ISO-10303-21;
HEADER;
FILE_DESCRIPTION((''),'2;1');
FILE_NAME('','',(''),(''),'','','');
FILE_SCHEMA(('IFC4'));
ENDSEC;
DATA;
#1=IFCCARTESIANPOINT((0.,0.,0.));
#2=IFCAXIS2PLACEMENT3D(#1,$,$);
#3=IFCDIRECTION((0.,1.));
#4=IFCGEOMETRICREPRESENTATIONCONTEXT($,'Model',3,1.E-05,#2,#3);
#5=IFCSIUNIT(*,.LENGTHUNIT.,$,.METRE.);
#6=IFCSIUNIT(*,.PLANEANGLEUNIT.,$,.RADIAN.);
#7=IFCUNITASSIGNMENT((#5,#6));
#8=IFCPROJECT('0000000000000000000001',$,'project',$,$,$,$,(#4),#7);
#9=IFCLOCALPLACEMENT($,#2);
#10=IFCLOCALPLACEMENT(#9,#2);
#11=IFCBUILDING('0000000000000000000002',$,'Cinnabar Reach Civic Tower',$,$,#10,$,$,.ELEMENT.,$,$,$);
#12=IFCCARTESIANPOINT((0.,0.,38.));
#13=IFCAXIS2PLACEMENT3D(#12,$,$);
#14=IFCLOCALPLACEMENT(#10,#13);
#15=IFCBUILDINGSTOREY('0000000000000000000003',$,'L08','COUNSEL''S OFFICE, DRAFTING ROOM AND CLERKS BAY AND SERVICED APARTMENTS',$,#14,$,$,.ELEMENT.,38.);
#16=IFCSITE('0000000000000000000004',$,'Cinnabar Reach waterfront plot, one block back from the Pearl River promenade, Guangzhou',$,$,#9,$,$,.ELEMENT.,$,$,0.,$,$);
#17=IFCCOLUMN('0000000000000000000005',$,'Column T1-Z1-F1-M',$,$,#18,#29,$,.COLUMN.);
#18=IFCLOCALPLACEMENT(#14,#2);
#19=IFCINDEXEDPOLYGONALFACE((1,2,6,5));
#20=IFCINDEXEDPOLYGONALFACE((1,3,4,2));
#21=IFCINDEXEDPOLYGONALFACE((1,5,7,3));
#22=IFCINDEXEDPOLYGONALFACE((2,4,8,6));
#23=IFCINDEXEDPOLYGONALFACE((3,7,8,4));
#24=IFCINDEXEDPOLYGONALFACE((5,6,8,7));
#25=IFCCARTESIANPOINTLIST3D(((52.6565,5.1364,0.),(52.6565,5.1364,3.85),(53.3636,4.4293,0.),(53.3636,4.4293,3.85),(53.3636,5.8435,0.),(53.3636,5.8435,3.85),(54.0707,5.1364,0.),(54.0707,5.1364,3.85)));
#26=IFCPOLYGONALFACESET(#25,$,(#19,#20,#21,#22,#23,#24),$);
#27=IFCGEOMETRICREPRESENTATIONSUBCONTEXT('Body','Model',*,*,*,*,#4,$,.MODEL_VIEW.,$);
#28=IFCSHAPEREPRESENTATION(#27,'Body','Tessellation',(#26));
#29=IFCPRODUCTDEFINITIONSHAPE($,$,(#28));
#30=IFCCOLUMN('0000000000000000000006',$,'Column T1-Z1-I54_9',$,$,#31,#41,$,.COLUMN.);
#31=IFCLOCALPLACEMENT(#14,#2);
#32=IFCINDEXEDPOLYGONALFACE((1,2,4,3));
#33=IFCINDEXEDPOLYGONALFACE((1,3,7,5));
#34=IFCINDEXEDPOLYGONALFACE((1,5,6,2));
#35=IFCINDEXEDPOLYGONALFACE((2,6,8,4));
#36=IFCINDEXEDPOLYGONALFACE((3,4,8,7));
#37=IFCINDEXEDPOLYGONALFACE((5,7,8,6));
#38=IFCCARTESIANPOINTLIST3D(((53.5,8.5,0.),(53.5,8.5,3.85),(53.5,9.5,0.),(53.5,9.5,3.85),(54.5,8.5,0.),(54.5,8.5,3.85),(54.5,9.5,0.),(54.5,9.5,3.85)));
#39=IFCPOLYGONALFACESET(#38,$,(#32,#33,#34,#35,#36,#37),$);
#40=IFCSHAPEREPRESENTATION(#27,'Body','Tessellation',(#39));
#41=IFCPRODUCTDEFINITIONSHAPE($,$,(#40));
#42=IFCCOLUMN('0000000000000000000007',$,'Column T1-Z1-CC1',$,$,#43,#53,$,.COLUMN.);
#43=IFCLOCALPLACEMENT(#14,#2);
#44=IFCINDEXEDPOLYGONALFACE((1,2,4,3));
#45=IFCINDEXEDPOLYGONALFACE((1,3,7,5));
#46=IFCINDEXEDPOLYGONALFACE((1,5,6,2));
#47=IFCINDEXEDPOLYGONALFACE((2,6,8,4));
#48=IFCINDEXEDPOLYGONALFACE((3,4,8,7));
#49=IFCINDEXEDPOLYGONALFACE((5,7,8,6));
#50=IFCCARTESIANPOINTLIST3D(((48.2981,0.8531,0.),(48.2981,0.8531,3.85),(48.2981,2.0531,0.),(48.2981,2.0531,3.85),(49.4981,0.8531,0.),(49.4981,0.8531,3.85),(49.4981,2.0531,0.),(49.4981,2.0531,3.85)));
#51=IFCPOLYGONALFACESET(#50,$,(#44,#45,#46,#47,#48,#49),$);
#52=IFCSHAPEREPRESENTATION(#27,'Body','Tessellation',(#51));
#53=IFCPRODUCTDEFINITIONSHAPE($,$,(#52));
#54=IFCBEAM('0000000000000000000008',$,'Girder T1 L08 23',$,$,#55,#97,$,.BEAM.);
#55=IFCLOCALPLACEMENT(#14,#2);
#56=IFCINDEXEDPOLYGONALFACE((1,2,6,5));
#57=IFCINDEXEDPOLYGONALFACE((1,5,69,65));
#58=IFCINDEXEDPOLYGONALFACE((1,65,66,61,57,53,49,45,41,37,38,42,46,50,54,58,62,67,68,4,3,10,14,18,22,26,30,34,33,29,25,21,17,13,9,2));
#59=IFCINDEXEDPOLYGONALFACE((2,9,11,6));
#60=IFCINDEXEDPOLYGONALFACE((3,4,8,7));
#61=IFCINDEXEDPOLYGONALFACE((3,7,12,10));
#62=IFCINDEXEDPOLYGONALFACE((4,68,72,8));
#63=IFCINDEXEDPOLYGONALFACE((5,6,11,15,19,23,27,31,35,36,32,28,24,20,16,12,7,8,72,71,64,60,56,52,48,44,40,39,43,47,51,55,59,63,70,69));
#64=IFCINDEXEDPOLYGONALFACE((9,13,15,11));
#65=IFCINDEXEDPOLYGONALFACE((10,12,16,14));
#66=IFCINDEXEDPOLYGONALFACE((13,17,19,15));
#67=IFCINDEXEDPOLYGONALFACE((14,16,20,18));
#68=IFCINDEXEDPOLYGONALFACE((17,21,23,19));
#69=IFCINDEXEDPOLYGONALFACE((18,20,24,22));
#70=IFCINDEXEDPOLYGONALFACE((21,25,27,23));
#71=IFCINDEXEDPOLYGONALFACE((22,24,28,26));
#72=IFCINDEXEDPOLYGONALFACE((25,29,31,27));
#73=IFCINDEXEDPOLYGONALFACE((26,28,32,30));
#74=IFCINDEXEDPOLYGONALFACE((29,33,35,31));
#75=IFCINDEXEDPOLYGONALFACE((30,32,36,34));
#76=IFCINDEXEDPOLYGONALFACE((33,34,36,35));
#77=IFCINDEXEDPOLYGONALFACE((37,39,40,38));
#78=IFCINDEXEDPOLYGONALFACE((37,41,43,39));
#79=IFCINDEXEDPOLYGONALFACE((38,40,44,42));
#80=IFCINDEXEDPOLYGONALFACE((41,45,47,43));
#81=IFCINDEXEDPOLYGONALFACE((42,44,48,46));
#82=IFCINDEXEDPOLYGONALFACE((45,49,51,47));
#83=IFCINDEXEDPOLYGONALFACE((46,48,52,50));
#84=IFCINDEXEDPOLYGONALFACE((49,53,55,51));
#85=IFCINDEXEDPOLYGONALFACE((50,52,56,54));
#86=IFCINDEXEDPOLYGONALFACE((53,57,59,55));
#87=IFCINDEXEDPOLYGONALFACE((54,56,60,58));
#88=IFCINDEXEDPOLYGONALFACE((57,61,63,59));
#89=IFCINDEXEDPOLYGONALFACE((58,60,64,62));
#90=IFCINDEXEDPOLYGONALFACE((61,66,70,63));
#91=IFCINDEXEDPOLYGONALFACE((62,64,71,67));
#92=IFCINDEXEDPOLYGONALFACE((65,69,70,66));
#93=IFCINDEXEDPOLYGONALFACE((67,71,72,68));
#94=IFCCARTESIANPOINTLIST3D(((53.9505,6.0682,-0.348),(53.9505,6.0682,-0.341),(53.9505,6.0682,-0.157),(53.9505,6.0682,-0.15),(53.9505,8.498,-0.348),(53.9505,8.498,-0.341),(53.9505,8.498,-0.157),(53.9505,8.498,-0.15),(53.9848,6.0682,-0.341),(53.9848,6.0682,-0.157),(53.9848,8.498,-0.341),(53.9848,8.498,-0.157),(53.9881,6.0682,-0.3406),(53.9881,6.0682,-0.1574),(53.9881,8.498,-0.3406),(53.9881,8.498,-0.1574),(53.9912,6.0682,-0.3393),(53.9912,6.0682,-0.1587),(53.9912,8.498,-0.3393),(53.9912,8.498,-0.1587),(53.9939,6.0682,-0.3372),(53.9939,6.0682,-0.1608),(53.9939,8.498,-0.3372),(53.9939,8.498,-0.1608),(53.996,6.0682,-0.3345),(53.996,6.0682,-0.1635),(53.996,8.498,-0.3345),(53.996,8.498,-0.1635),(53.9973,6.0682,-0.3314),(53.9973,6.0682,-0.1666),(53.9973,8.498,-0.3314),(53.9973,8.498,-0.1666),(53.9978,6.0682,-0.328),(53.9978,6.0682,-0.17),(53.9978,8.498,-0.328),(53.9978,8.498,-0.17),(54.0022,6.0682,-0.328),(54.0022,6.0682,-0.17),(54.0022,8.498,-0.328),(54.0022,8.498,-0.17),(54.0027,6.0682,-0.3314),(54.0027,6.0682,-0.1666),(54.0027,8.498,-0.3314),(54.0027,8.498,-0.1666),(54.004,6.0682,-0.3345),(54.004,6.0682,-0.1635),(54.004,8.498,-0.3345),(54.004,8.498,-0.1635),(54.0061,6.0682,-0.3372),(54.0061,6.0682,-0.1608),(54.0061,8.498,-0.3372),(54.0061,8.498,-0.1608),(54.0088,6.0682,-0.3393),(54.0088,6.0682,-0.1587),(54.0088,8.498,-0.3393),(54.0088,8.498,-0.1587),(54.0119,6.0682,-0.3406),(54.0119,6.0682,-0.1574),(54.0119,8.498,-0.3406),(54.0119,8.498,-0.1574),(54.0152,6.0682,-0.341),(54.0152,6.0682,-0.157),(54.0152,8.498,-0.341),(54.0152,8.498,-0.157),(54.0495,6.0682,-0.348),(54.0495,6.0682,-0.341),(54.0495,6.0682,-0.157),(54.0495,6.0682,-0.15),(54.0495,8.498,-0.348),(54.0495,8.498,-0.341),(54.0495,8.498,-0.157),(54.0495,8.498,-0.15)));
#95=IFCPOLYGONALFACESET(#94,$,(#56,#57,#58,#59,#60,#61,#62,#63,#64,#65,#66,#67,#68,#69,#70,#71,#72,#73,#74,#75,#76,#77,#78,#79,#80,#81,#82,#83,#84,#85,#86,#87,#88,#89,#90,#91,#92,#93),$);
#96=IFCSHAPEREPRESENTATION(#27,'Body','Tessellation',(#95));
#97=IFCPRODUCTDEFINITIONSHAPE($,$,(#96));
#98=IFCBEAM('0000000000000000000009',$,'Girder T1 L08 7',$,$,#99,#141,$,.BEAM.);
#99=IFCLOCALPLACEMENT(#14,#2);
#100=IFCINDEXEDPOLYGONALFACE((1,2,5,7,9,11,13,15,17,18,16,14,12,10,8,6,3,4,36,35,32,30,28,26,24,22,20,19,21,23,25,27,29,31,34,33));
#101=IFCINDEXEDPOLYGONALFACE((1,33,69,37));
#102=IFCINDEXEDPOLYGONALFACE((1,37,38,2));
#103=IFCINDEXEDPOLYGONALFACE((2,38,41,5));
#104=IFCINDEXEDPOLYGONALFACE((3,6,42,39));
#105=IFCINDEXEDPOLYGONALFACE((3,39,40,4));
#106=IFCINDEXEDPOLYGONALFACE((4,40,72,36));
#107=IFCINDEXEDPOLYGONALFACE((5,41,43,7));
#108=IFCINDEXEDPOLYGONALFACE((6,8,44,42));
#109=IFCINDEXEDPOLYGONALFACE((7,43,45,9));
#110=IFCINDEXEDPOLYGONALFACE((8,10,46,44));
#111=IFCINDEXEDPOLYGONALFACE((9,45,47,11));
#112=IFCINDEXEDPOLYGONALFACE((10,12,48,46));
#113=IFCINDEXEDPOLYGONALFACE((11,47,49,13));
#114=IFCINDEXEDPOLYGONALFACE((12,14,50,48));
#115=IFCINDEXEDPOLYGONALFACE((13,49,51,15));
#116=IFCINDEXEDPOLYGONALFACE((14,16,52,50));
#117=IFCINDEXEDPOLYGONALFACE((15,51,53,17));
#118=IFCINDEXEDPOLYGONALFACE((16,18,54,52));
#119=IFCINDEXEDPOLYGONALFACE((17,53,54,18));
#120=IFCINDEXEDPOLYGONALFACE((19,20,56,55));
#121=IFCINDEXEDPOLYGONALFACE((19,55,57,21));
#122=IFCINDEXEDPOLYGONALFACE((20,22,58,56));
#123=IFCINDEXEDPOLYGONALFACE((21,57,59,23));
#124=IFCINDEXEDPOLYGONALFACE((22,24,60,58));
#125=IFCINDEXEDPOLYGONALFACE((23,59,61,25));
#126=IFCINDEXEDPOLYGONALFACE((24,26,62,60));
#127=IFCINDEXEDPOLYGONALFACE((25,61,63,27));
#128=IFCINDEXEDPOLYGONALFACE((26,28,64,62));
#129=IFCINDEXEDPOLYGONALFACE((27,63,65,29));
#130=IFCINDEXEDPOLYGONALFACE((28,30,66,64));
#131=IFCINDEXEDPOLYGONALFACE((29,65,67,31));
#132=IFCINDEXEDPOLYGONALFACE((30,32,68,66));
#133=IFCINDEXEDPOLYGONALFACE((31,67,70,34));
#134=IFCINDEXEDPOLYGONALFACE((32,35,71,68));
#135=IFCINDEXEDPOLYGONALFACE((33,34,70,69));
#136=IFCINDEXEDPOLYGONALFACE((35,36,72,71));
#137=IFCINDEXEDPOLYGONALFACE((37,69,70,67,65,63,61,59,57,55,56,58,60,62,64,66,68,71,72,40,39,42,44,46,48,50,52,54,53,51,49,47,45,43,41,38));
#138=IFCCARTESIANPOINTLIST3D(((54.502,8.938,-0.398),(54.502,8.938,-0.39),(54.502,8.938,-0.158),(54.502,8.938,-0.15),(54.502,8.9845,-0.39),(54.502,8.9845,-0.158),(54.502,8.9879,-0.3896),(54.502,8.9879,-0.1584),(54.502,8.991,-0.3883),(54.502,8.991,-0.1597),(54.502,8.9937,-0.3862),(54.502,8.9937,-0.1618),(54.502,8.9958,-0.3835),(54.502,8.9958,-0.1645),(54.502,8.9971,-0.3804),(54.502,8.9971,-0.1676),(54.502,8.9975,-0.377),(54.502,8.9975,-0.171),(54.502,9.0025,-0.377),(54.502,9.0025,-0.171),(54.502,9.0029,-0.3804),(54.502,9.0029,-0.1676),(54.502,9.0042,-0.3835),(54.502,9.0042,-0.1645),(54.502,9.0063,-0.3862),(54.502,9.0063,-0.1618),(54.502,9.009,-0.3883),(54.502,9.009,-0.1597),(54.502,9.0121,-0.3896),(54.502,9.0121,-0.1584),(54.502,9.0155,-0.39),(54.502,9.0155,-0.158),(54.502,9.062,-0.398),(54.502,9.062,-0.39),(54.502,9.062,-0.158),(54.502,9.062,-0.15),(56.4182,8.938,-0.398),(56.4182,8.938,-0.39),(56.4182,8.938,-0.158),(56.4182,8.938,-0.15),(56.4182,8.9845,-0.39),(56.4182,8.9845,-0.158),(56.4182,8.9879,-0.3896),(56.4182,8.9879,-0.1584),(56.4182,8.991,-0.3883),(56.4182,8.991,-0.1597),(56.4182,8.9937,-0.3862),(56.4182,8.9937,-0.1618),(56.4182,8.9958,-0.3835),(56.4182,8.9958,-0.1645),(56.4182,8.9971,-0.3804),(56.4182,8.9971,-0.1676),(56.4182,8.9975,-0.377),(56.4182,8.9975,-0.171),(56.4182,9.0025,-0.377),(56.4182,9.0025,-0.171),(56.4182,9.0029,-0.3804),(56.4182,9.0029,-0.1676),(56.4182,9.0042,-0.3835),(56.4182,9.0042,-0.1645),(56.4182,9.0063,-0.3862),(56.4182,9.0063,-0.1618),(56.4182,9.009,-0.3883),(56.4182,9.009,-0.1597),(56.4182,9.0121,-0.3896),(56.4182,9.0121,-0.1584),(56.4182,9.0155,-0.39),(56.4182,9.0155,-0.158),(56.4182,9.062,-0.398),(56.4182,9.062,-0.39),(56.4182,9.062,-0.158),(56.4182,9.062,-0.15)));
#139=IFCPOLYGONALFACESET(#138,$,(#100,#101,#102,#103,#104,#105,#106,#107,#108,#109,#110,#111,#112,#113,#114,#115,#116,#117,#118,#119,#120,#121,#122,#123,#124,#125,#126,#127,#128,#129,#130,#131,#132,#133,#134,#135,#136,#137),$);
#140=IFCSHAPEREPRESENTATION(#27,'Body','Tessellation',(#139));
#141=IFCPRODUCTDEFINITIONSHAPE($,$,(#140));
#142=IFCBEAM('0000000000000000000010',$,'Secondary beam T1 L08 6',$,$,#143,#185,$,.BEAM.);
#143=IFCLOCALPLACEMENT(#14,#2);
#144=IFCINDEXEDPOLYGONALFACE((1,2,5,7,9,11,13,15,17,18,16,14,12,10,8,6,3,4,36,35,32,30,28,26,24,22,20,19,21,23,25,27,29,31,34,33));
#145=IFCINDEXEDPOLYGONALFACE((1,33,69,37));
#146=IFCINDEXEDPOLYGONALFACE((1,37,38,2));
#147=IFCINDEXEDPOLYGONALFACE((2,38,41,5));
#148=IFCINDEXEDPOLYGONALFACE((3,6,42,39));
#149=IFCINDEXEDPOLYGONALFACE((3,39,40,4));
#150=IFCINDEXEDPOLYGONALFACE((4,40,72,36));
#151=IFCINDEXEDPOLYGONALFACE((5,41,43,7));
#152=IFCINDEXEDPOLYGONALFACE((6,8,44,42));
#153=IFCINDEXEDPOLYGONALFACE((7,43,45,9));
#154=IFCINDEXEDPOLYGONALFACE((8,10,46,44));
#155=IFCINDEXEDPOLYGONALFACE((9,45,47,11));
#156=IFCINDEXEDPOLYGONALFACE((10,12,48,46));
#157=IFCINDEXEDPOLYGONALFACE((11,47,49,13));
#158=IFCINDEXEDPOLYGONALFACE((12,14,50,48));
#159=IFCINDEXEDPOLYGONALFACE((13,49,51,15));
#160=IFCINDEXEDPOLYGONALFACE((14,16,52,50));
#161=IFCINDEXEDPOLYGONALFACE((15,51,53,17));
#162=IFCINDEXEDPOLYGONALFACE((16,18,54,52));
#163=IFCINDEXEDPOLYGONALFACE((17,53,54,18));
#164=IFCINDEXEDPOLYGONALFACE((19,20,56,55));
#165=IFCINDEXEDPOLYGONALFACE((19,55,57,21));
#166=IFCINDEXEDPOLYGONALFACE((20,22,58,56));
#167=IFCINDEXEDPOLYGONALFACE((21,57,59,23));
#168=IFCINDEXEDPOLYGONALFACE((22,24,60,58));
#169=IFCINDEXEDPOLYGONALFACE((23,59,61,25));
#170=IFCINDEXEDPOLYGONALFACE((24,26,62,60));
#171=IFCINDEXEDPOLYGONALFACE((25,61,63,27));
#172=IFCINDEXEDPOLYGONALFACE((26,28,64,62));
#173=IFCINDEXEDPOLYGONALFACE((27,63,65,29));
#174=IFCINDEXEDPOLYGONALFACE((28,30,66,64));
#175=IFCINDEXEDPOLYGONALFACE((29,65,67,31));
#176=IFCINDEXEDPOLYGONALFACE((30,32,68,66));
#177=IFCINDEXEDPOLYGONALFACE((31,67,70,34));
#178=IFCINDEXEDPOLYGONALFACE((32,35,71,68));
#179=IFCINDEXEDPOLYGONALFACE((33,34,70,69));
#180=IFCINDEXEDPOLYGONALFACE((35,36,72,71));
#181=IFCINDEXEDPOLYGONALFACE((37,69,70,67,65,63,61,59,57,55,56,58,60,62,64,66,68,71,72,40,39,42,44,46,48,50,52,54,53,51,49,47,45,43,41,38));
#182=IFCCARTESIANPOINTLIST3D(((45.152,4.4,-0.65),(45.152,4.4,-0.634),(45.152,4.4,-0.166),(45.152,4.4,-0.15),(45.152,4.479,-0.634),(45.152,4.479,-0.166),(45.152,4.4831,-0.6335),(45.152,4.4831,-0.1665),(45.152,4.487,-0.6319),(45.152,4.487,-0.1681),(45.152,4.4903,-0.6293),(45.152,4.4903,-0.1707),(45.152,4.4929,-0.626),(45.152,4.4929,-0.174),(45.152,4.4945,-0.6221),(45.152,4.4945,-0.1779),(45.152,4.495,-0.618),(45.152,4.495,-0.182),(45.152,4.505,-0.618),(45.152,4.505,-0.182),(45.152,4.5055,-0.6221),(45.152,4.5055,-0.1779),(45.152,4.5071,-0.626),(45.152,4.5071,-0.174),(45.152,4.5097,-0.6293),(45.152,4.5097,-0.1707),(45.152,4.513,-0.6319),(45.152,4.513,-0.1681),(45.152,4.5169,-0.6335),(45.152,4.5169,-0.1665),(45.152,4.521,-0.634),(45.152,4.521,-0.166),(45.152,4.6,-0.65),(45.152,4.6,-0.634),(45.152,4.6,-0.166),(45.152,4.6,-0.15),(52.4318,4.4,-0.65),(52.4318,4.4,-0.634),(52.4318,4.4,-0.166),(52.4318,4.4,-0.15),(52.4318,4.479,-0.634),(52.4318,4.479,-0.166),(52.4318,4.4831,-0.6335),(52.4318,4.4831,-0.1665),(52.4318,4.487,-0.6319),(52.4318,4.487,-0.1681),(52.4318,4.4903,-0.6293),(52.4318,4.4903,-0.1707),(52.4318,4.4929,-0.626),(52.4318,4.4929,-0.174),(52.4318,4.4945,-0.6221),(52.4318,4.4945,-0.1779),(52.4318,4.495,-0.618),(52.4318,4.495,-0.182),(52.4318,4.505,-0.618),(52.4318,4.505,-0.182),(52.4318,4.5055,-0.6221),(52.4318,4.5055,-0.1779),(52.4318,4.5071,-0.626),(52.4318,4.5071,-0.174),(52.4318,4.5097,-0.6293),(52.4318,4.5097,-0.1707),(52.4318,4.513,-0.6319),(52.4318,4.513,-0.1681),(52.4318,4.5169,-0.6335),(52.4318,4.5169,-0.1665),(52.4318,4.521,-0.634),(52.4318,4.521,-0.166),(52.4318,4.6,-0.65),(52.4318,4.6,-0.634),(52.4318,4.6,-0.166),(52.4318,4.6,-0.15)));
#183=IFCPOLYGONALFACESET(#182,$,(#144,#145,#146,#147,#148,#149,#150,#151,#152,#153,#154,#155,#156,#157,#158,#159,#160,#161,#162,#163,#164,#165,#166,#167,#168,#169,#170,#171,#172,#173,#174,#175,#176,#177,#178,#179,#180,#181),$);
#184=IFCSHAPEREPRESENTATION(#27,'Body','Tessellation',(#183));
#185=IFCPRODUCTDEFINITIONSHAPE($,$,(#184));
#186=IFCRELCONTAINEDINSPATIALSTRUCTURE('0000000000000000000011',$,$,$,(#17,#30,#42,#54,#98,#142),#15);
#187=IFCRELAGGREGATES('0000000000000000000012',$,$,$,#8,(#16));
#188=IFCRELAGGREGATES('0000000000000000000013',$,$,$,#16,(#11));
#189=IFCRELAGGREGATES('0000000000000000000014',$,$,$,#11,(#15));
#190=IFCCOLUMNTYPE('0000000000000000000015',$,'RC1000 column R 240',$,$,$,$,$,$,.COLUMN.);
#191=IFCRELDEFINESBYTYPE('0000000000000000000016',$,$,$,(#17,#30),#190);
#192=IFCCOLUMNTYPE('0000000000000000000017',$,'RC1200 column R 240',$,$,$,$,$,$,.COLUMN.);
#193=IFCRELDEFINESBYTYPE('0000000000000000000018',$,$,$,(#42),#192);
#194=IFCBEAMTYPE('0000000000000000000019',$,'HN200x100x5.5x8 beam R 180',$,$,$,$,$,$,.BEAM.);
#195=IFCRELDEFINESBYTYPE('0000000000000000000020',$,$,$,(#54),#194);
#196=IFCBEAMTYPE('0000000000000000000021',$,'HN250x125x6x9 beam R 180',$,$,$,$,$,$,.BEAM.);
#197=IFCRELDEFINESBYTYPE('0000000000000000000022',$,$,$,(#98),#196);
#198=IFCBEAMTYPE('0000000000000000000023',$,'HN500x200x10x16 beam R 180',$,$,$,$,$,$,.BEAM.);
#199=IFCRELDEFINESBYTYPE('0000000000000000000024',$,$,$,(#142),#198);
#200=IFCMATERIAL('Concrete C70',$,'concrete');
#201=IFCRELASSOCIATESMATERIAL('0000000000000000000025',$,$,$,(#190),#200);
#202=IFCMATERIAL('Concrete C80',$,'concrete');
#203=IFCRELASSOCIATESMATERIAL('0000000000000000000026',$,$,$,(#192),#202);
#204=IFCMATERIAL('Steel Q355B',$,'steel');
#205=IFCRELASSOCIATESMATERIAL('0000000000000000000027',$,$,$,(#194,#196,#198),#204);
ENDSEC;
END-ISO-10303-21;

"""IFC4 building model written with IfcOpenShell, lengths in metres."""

from ifc_helpers import new_model, si_unit, direction, frame, origin, origin_2d, place, context, subcontext, project, spatial, rectangle, i_section, extrude, material, material_profile, profile_set, type_object, element, save


model = new_model("IFC4")

# Units and contexts
model_context = context("Model", 3, precision=1e-05, world=origin(), true_north=direction((0.0, 1.0)))
body_context = subcontext(model_context, "Body", "Model", "MODEL_VIEW")
ifc_project = project(units=[si_unit("LENGTHUNIT", "METRE"), si_unit("PLANEANGLEUNIT", "RADIAN")], contexts=[model_context])

# Site, building, storey
site_placement = place(None, origin())
site = spatial("IfcSite", under=ifc_project, at=site_placement, Name="Cinnabar Reach waterfront plot, one block back from the Pearl River promenade, Guangzhou", CompositionType="ELEMENT", RefElevation=0.0)
building_placement = place(site_placement, origin())
building = spatial("IfcBuilding", under=site, at=building_placement, Name="Cinnabar Reach Civic Tower", CompositionType="ELEMENT")
storey_placement = place(building_placement, frame((0.0, 0.0, 38.0)))
storey = spatial("IfcBuildingStorey", under=building, at=storey_placement, Name="L08", Description="COUNSEL'S OFFICE, DRAFTING ROOM AND CLERKS BAY AND SERVICED APARTMENTS", CompositionType="ELEMENT", Elevation=38.0)

# Columns
ifc_material_1 = material(Name="Concrete C70", Category="concrete")
ifc_material_profile_1 = material_profile(ifc_material_1, rectangle(XDim=1.0, YDim=1.0, at=origin_2d()), Name="RC1000")
ifc_profile_set_1 = profile_set([ifc_material_profile_1], Name="Concrete C70")
column_type_1 = type_object("IfcColumnType", Name="RC1000 column R 240", PredefinedType="COLUMN", material=ifc_profile_set_1)
for number, where, z_axis, x_axis, name in (
    (1, (53.3636, 5.1364, 0.0), (0.0, 0.0, 1.0), (0.707107, 0.707107, 0.0), "Column T1-Z1-F1-M"),
    (2, (54.0, 9.0, 0.0), (0.0, 0.0, 1.0), (1.0, 0.0, 0.0), "Column T1-Z1-I54_9"),
):
    element("IfcColumn", number, at=place(storey_placement, frame(where, z_axis=z_axis, x_axis=x_axis)), inside=storey, type_object=column_type_1, Name=name, PredefinedType="COLUMN", context=body_context, shape_type="SweptSolid", body=[
        extrude(rectangle(XDim=1.0, YDim=1.0, at=origin_2d()), origin(), (0.0, 0.0, 1.0), 3.85),
    ])
ifc_material_2 = material(Name="Concrete C80", Category="concrete")
ifc_material_profile_2 = material_profile(ifc_material_2, rectangle(XDim=1.2, YDim=1.2, at=origin_2d()), Name="RC1200")
ifc_profile_set_2 = profile_set([ifc_material_profile_2], Name="Concrete C80")
column_type_2 = type_object("IfcColumnType", Name="RC1200 column R 240", PredefinedType="COLUMN", material=ifc_profile_set_2)
column_placement = place(storey_placement, frame((48.8981, 1.4531, 0.0), z_axis=(0.0, 0.0, 1.0), x_axis=(1.0, 0.0, 0.0)))
element("IfcColumn", 3, at=column_placement, inside=storey, type_object=column_type_2, Name="Column T1-Z1-CC1", PredefinedType="COLUMN", context=body_context, shape_type="SweptSolid", body=[
    extrude(rectangle(XDim=1.2, YDim=1.2, at=origin_2d()), origin(), (0.0, 0.0, 1.0), 3.85),
])

# Beams
ifc_material_3 = material(Name="Steel Q355B", Category="steel")
ifc_material_profile_3 = material_profile(ifc_material_3, i_section(OverallWidth=0.099, OverallDepth=0.198, WebThickness=0.0045, FlangeThickness=0.007, FilletRadius=0.013, at=origin_2d()), Name="HN200x100x5.5x8")
ifc_profile_set_3 = profile_set([ifc_material_profile_3], Name="Steel Q355B")
beam_type_1 = type_object("IfcBeamType", Name="HN200x100x5.5x8 beam R 180", PredefinedType="BEAM", material=ifc_profile_set_3)
beam_1_placement = place(storey_placement, frame((54.0, 6.0682, -0.249), z_axis=(0.0, 1.0, 0.0), x_axis=(-1.0, 0.0, 0.0)))
element("IfcBeam", 4, at=beam_1_placement, inside=storey, type_object=beam_type_1, Name="Girder T1 L08 23", PredefinedType="BEAM", context=body_context, shape_type="SweptSolid", body=[
    extrude(i_section(OverallWidth=0.099, OverallDepth=0.198, WebThickness=0.0045, FlangeThickness=0.007, FilletRadius=0.013, at=origin_2d()), origin(), (0.0, 0.0, 1.0), 2.4298),
])
ifc_material_profile_4 = material_profile(ifc_material_3, i_section(OverallWidth=0.124, OverallDepth=0.248, WebThickness=0.005, FlangeThickness=0.008, FilletRadius=0.013, at=origin_2d()), Name="HN250x125x6x9")
ifc_profile_set_4 = profile_set([ifc_material_profile_4], Name="Steel Q355B")
beam_type_2 = type_object("IfcBeamType", Name="HN250x125x6x9 beam R 180", PredefinedType="BEAM", material=ifc_profile_set_4)
beam_2_placement = place(storey_placement, frame((54.502, 9.0, -0.274), z_axis=(1.0, 0.0, 0.0), x_axis=(0.0, 1.0, 0.0)))
element("IfcBeam", 5, at=beam_2_placement, inside=storey, type_object=beam_type_2, Name="Girder T1 L08 7", PredefinedType="BEAM", context=body_context, shape_type="SweptSolid", body=[
    extrude(i_section(OverallWidth=0.124, OverallDepth=0.248, WebThickness=0.005, FlangeThickness=0.008, FilletRadius=0.013, at=origin_2d()), origin(), (0.0, 0.0, 1.0), 1.9162),
])
ifc_material_profile_5 = material_profile(ifc_material_3, i_section(OverallWidth=0.2, OverallDepth=0.5, WebThickness=0.01, FlangeThickness=0.016, FilletRadius=0.016, at=origin_2d()), Name="HN500x200x10x16")
ifc_profile_set_5 = profile_set([ifc_material_profile_5], Name="Steel Q355B")
beam_type_3 = type_object("IfcBeamType", Name="HN500x200x10x16 beam R 180", PredefinedType="BEAM", material=ifc_profile_set_5)
beam_3_placement = place(storey_placement, frame((45.152, 4.5, -0.4), z_axis=(1.0, 0.0, 0.0), x_axis=(0.0, 1.0, 0.0)))
element("IfcBeam", 6, at=beam_3_placement, inside=storey, type_object=beam_type_3, Name="Secondary beam T1 L08 6", PredefinedType="BEAM", context=body_context, shape_type="SweptSolid", body=[
    extrude(i_section(OverallWidth=0.2, OverallDepth=0.5, WebThickness=0.01, FlangeThickness=0.016, FilletRadius=0.016, at=origin_2d()), origin(), (0.0, 0.0, 1.0), 7.2798),
])

save(model, "model.ifc")
